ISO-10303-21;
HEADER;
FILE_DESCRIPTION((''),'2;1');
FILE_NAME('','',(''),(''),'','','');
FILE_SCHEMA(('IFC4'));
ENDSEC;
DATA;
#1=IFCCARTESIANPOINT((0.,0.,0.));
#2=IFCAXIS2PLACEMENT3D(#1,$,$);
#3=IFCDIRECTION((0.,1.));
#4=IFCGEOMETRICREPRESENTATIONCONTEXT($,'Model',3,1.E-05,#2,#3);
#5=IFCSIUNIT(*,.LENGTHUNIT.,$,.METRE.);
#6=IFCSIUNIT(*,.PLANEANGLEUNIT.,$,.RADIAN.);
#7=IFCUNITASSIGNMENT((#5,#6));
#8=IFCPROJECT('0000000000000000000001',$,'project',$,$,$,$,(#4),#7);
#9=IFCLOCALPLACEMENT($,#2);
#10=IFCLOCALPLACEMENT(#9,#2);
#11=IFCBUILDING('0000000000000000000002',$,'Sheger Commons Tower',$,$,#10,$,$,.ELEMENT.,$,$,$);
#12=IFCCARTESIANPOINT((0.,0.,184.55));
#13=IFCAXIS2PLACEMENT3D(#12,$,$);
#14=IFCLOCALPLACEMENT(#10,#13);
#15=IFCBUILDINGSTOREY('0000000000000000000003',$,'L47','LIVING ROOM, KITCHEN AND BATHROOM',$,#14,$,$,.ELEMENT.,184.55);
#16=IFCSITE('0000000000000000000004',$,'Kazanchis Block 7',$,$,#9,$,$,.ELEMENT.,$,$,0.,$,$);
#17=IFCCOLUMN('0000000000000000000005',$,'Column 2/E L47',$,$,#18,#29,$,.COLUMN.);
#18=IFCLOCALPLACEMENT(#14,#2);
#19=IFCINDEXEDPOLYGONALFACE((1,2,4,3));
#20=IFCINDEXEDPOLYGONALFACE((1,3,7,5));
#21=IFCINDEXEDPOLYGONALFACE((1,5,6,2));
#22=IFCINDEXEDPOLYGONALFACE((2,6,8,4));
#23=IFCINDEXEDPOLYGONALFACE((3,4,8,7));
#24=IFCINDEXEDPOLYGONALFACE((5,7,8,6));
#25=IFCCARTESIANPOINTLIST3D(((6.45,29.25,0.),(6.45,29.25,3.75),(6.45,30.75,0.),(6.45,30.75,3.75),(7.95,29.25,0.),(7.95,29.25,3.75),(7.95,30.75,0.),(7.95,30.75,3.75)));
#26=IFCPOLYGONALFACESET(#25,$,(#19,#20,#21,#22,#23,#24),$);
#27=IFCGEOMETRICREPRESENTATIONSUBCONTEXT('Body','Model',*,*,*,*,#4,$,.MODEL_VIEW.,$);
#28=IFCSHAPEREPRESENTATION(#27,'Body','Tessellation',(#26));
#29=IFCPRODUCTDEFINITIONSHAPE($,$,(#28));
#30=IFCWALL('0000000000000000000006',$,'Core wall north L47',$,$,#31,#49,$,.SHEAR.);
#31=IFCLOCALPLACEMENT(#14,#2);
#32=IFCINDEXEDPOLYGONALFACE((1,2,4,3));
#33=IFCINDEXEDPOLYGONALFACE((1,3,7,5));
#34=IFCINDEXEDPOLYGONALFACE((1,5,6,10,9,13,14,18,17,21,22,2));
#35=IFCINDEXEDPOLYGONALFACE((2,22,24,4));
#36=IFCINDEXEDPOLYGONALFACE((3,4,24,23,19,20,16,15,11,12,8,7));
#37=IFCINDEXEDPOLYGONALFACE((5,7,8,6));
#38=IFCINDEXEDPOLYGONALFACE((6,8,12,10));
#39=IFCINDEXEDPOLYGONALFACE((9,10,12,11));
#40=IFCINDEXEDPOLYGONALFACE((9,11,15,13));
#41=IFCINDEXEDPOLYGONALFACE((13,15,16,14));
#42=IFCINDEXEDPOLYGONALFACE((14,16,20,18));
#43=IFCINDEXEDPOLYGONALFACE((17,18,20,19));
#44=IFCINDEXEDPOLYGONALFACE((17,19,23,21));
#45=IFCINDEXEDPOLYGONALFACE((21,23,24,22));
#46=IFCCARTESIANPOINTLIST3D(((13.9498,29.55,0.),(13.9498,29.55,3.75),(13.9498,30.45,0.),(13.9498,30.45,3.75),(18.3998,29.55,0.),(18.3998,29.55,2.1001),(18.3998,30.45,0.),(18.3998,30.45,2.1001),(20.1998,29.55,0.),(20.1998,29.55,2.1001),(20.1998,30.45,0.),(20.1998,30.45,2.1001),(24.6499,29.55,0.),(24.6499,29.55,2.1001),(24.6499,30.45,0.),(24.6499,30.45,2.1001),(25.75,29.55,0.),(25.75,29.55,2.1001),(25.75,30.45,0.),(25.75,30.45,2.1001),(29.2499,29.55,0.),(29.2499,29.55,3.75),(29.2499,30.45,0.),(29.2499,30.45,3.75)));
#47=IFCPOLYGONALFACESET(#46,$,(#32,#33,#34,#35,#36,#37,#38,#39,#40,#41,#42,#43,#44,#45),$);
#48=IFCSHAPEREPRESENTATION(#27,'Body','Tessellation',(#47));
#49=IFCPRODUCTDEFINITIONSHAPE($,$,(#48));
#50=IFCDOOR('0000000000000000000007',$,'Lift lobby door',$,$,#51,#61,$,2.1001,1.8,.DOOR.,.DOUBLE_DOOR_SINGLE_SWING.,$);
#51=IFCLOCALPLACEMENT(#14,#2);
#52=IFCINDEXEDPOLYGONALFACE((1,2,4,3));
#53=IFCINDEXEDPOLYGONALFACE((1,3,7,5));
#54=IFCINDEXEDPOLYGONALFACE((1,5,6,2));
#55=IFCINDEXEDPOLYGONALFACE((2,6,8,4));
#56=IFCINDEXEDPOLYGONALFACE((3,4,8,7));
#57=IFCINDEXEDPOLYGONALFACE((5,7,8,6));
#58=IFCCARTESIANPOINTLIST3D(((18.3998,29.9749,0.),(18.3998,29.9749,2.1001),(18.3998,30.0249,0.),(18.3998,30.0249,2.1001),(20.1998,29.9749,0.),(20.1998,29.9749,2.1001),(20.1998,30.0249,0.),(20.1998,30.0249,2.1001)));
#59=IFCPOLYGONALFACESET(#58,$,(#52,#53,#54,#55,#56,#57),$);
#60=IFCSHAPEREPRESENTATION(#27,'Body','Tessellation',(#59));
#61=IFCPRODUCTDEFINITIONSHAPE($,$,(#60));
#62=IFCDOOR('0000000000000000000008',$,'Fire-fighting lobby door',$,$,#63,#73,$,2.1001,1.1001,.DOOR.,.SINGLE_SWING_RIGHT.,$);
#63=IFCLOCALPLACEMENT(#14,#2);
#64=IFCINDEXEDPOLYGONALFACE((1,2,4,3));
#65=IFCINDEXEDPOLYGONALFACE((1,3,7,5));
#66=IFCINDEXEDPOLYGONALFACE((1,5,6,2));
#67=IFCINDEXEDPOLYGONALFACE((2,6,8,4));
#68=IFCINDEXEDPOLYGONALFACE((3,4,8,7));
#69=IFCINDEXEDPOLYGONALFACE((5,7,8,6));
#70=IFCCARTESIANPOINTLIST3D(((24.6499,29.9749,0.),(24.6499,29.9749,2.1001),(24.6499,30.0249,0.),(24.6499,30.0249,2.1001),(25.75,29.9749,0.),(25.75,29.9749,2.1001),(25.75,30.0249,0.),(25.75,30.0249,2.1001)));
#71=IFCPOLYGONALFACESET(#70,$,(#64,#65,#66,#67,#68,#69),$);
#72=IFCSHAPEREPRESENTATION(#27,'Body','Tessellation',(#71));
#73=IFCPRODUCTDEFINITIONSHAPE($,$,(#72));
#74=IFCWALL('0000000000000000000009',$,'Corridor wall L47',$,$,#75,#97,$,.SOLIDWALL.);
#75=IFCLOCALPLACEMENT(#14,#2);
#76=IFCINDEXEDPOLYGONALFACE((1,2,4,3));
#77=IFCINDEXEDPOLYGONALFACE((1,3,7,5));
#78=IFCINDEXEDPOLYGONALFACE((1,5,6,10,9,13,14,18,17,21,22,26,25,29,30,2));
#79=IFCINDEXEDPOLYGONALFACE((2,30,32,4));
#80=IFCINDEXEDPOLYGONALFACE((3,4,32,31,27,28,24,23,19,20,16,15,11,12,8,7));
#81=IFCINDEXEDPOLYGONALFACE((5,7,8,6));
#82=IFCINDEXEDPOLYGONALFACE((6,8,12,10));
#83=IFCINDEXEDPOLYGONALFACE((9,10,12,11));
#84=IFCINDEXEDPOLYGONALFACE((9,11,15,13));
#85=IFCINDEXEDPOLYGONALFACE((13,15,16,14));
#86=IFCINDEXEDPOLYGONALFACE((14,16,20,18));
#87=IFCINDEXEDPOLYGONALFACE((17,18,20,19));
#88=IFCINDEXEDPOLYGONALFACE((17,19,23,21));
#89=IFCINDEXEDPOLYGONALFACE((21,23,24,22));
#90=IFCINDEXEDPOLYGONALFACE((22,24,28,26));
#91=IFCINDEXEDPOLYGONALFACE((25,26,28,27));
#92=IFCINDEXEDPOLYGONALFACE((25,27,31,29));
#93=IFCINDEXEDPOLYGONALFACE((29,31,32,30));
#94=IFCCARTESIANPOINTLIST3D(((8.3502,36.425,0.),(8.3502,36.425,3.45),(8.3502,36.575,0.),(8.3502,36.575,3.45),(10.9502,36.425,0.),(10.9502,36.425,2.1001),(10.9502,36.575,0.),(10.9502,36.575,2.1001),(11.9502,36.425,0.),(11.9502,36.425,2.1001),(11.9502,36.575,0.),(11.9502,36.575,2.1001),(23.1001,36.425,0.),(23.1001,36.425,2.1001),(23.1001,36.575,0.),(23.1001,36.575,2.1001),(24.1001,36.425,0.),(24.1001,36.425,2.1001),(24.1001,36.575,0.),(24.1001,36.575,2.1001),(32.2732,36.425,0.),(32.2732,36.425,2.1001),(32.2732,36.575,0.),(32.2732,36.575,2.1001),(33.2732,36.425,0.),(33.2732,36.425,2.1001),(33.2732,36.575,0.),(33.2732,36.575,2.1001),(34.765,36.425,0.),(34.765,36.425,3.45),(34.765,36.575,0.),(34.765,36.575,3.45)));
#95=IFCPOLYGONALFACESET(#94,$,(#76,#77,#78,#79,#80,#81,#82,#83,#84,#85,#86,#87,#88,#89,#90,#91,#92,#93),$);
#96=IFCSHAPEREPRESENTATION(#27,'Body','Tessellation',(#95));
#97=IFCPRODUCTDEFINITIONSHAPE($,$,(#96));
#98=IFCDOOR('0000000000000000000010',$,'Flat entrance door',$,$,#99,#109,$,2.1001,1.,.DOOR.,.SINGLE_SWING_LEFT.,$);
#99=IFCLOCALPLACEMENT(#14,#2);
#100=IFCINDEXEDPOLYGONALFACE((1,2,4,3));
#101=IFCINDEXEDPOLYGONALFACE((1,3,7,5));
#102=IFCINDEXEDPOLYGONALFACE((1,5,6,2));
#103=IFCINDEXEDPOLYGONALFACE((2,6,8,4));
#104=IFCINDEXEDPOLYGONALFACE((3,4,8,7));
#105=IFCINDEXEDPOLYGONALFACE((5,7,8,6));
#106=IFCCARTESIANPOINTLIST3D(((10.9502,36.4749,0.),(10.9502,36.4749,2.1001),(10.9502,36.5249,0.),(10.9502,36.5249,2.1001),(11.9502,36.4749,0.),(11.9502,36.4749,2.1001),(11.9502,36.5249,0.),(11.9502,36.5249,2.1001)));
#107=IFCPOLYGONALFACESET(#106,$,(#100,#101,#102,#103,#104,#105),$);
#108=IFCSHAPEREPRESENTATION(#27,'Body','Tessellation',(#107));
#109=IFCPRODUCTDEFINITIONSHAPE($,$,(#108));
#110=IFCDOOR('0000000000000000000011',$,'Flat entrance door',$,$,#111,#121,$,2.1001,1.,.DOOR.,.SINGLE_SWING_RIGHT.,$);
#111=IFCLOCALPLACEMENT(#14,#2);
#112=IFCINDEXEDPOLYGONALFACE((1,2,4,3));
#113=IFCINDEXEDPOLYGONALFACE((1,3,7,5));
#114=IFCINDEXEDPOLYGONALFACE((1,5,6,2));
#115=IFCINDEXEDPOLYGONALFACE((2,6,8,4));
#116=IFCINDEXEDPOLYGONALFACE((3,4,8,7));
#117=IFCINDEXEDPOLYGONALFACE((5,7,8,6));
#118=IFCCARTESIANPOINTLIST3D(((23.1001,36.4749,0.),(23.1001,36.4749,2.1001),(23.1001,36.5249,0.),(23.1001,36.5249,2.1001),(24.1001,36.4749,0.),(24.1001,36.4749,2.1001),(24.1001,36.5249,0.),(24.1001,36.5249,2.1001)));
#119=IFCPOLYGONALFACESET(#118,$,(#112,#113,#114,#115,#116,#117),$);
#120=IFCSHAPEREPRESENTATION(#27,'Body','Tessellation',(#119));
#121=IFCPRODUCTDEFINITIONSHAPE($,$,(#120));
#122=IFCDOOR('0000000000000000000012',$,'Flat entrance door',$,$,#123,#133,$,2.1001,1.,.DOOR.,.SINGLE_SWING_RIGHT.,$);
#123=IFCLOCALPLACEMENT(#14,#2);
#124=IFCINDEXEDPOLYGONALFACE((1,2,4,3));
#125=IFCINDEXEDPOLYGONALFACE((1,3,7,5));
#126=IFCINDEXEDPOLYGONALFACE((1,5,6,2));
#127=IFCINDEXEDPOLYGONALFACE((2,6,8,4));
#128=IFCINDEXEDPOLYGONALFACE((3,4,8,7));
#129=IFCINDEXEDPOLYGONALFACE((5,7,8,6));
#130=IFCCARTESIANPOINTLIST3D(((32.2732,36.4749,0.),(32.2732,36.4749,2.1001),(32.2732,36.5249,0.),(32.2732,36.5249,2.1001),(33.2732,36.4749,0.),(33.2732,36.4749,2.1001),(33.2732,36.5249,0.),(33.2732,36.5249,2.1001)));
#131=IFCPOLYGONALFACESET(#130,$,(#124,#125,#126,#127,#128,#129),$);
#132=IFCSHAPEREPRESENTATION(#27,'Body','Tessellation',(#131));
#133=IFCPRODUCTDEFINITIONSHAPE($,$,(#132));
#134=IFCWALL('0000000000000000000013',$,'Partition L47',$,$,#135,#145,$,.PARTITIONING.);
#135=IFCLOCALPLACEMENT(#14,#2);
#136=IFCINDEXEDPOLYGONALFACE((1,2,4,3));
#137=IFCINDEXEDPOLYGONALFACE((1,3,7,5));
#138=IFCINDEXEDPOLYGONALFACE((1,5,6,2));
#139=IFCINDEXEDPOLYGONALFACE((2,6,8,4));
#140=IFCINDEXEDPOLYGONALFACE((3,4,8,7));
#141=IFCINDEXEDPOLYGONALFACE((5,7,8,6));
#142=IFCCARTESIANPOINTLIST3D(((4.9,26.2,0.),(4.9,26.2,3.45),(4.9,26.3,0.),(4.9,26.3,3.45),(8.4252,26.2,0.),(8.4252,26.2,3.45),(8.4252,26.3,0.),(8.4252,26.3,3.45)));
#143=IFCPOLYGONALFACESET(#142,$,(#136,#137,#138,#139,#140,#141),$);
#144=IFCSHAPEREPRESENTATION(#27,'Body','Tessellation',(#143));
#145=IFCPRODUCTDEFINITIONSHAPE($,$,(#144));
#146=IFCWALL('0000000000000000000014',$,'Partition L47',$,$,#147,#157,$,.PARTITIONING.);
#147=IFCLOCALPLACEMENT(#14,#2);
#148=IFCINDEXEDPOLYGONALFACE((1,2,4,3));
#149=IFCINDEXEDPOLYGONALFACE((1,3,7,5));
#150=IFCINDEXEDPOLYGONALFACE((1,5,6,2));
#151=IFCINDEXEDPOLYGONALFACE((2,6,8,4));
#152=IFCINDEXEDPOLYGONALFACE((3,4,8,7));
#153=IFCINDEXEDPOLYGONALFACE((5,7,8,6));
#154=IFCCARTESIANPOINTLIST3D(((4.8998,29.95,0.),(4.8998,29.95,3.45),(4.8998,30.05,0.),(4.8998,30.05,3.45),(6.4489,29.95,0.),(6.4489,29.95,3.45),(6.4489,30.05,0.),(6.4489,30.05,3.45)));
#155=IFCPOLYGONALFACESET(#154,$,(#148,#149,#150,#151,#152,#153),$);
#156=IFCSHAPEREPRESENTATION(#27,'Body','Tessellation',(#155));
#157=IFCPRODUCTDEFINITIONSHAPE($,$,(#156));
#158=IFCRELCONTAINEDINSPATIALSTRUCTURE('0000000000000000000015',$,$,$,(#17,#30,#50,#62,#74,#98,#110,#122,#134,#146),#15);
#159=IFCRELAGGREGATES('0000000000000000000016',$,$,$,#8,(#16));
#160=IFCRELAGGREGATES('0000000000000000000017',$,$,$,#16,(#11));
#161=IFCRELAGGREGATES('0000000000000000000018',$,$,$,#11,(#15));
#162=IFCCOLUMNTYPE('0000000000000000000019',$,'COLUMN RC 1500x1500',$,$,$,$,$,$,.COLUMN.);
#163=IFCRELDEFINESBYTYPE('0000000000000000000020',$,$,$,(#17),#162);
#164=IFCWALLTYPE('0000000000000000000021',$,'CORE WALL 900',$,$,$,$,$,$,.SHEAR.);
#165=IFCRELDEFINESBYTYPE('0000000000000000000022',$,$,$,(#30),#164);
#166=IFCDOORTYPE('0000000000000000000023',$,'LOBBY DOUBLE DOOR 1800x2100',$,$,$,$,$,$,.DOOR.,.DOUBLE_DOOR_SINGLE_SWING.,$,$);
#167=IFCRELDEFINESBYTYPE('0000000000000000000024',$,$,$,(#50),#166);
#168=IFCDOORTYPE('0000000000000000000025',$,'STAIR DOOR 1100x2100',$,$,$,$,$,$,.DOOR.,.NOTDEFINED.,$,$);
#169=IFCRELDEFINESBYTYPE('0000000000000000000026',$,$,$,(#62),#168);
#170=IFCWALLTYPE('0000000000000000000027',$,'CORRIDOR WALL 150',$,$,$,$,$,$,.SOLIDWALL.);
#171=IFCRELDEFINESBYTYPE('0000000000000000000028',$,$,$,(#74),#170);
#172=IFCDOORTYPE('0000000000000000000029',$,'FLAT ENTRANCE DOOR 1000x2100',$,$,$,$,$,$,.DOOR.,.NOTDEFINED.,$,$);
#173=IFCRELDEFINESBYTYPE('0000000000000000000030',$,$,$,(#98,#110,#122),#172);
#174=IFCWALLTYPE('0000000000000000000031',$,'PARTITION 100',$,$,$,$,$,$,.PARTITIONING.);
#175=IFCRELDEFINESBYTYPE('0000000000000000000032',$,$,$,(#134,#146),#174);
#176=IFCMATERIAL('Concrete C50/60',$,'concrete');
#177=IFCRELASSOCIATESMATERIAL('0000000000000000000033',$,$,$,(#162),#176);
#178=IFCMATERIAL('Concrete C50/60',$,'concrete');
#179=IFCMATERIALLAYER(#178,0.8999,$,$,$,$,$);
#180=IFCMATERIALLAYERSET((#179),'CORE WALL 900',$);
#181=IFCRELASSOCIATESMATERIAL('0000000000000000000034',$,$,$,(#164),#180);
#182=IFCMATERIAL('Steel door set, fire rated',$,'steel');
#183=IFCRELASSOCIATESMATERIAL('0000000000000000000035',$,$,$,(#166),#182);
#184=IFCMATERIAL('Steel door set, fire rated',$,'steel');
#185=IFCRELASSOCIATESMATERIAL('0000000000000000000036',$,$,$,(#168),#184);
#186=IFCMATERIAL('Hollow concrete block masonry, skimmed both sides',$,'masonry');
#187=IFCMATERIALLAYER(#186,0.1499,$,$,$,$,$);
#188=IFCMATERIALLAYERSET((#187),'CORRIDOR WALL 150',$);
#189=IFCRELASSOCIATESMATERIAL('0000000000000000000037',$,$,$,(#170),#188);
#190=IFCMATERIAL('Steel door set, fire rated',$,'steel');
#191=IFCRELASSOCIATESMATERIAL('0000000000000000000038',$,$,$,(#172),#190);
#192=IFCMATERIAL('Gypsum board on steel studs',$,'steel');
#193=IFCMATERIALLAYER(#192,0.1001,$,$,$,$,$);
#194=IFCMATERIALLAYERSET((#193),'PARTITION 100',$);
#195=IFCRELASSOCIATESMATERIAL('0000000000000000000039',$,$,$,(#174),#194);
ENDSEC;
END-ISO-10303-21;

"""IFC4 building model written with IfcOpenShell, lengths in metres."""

from ifc_helpers import new_model, si_unit, direction, frame, frame_2d, origin, origin_2d, place, context, subcontext, project, spatial, rectangle, extrude, material, layer, layer_set, material_profile, profile_set, type_object, element, fill, save


model = new_model("IFC4")

# Units and contexts
model_context = context("Model", 3, precision=1e-05, world=origin(), true_north=direction((0.0, 1.0)))
body_context = subcontext(model_context, "Body", "Model", "MODEL_VIEW")
ifc_project = project(units=[si_unit("LENGTHUNIT", "METRE"), si_unit("PLANEANGLEUNIT", "RADIAN")], contexts=[model_context])

# Site, building, storey
site_placement = place(None, origin())
site = spatial("IfcSite", under=ifc_project, at=site_placement, Name="Kazanchis Block 7", CompositionType="ELEMENT", RefElevation=0.0)
building_placement = place(site_placement, origin())
building = spatial("IfcBuilding", under=site, at=building_placement, Name="Sheger Commons Tower", CompositionType="ELEMENT")
storey_placement = place(building_placement, frame((0.0, 0.0, 184.55)))
storey = spatial("IfcBuildingStorey", under=building, at=storey_placement, Name="L47", Description="LIVING ROOM, KITCHEN AND BATHROOM", CompositionType="ELEMENT", Elevation=184.55)

# Column
ifc_material_1 = material(Name="Concrete C50/60", Category="concrete")
ifc_material_profile = material_profile(ifc_material_1, rectangle(XDim=1.5, YDim=1.5, at=origin_2d()), Name="RC 1500x1500")
ifc_profile_set = profile_set([ifc_material_profile], Name="Concrete C50/60")
column_type = type_object("IfcColumnType", Name="COLUMN RC 1500x1500", PredefinedType="COLUMN", material=ifc_profile_set)
column_placement = place(storey_placement, frame((7.2, 30.0, 0.0), z_axis=(0.0, 0.0, 1.0), x_axis=(1.0, 0.0, 0.0)))
element("IfcColumn", 1, at=column_placement, inside=storey, type_object=column_type, Name="Column 2/E L47", PredefinedType="COLUMN", context=body_context, shape_type="SweptSolid", body=[
    extrude(rectangle(XDim=1.5, YDim=1.5, at=origin_2d()), origin(), (0.0, 0.0, 1.0), 3.75),
])

# Walls, openings, doors
ifc_material_2 = material(Name="Concrete C50/60", Category="concrete")
ifc_layer_1 = layer(ifc_material_2, 0.8999)
ifc_layer_set_1 = layer_set([ifc_layer_1], Name="CORE WALL 900")
wall_type_1 = type_object("IfcWallType", Name="CORE WALL 900", PredefinedType="SHEAR", material=ifc_layer_set_1)
wall_1_placement = place(storey_placement, frame((13.95, 30.0, 0.0), z_axis=(0.0, 0.0, 1.0), x_axis=(1.0, 0.0, 0.0)))
wall_1 = element("IfcWall", 2, at=wall_1_placement, inside=storey, type_object=wall_type_1, Name="Core wall north L47", PredefinedType="SHEAR", context=body_context, shape_type="SweptSolid", body=[
    extrude(rectangle(XDim=15.3, YDim=0.8999, at=frame_2d((7.6499, 0.0))), origin(), (0.0, 0.0, 1.0), 3.75),
])
opening_1_placement = place(wall_1_placement, frame((4.45, 0.0, 0.0)))
opening_1 = element("IfcOpeningElement", 3, at=opening_1_placement, cuts=wall_1, PredefinedType="OPENING", context=body_context, shape_type="SweptSolid", body=[
    extrude(rectangle(XDim=1.8, YDim=2.1001, at=frame_2d((0.8999, 1.05))), frame((0.0, 0.46, 0.0), z_axis=(0.0, -1.0, 0.0), x_axis=(1.0, 0.0, 0.0)), (0.0, 0.0, 1.0), 0.9199),
])
opening_2_placement = place(wall_1_placement, frame((10.7, 0.0, 0.0)))
opening_2 = element("IfcOpeningElement", 4, at=opening_2_placement, cuts=wall_1, PredefinedType="OPENING", context=body_context, shape_type="SweptSolid", body=[
    extrude(rectangle(XDim=1.1001, YDim=2.1001, at=frame_2d((0.55, 1.05))), frame((0.0, 0.46, 0.0), z_axis=(0.0, -1.0, 0.0), x_axis=(1.0, 0.0, 0.0)), (0.0, 0.0, 1.0), 0.9199),
])
ifc_material_3 = material(Name="Steel door set, fire rated", Category="steel")
door_type_1 = type_object("IfcDoorType", Name="LOBBY DOUBLE DOOR 1800x2100", OperationType="DOUBLE_DOOR_SINGLE_SWING", PredefinedType="DOOR", material=ifc_material_3)
door_1_placement = place(opening_1_placement, origin())
door_1 = element("IfcDoor", 5, at=door_1_placement, inside=storey, type_object=door_type_1, Name="Lift lobby door", OperationType="DOUBLE_DOOR_SINGLE_SWING", OverallHeight=2.1001, OverallWidth=1.8, PredefinedType="DOOR", context=body_context, shape_type="SweptSolid", body=[
    extrude(rectangle(XDim=1.8, YDim=2.1001, at=frame_2d((0.8999, 1.05))), frame((0.0, 0.0249, 0.0), z_axis=(0.0, -1.0, 0.0), x_axis=(1.0, 0.0, 0.0)), (0.0, 0.0, 1.0), 0.05),
])
fill(opening_1, door_1)
ifc_material_4 = material(Name="Steel door set, fire rated", Category="steel")
door_type_2 = type_object("IfcDoorType", Name="STAIR DOOR 1100x2100", OperationType="NOTDEFINED", PredefinedType="DOOR", material=ifc_material_4)
door_2_placement = place(opening_2_placement, origin())
door_2 = element("IfcDoor", 6, at=door_2_placement, inside=storey, type_object=door_type_2, Name="Fire-fighting lobby door", OperationType="SINGLE_SWING_RIGHT", OverallHeight=2.1001, OverallWidth=1.1001, PredefinedType="DOOR", context=body_context, shape_type="SweptSolid", body=[
    extrude(rectangle(XDim=1.1001, YDim=2.1001, at=frame_2d((0.55, 1.05))), frame((0.0, 0.0249, 0.0), z_axis=(0.0, -1.0, 0.0), x_axis=(1.0, 0.0, 0.0)), (0.0, 0.0, 1.0), 0.05),
])
fill(opening_2, door_2)
ifc_material_5 = material(Name="Hollow concrete block masonry, skimmed both sides", Category="masonry")
ifc_layer_2 = layer(ifc_material_5, 0.1499)
ifc_layer_set_2 = layer_set([ifc_layer_2], Name="CORRIDOR WALL 150")
wall_type_2 = type_object("IfcWallType", Name="CORRIDOR WALL 150", PredefinedType="SOLIDWALL", material=ifc_layer_set_2)
wall_2_placement = place(storey_placement, frame((8.3501, 36.5, 0.0), z_axis=(0.0, 0.0, 1.0), x_axis=(1.0, 0.0, 0.0)))
wall_2 = element("IfcWall", 7, at=wall_2_placement, inside=storey, type_object=wall_type_2, Name="Corridor wall L47", PredefinedType="SOLIDWALL", context=body_context, shape_type="SweptSolid", body=[
    extrude(rectangle(XDim=26.4148, YDim=0.1499, at=frame_2d((13.2075, 0.0))), origin(), (0.0, 0.0, 1.0), 3.45),
])
opening_3_placement = place(wall_2_placement, frame((2.6001, 0.0, 0.0)))
opening_3 = element("IfcOpeningElement", 8, at=opening_3_placement, cuts=wall_2, PredefinedType="OPENING", context=body_context, shape_type="SweptSolid", body=[
    extrude(rectangle(XDim=1.0, YDim=2.1001, at=frame_2d((0.5, 1.05))), frame((0.0, 0.085, 0.0), z_axis=(0.0, -1.0, 0.0), x_axis=(1.0, 0.0, 0.0)), (0.0, 0.0, 1.0), 0.1699),
])
opening_4_placement = place(wall_2_placement, frame((14.75, 0.0, 0.0)))
opening_4 = element("IfcOpeningElement", 9, at=opening_4_placement, cuts=wall_2, PredefinedType="OPENING", context=body_context, shape_type="SweptSolid", body=[
    extrude(rectangle(XDim=1.0, YDim=2.1001, at=frame_2d((0.5, 1.05))), frame((0.0, 0.085, 0.0), z_axis=(0.0, -1.0, 0.0), x_axis=(1.0, 0.0, 0.0)), (0.0, 0.0, 1.0), 0.1699),
])
opening_5_placement = place(wall_2_placement, frame((23.9231, 0.0, 0.0)))
opening_5 = element("IfcOpeningElement", 10, at=opening_5_placement, cuts=wall_2, PredefinedType="OPENING", context=body_context, shape_type="SweptSolid", body=[
    extrude(rectangle(XDim=1.0, YDim=2.1001, at=frame_2d((0.5, 1.05))), frame((0.0, 0.085, 0.0), z_axis=(0.0, -1.0, 0.0), x_axis=(1.0, 0.0, 0.0)), (0.0, 0.0, 1.0), 0.1699),
])
ifc_material_6 = material(Name="Steel door set, fire rated", Category="steel")
door_type_3 = type_object("IfcDoorType", Name="FLAT ENTRANCE DOOR 1000x2100", OperationType="NOTDEFINED", PredefinedType="DOOR", material=ifc_material_6)
door_3_placement = place(opening_3_placement, origin())
door_3 = element("IfcDoor", 11, at=door_3_placement, inside=storey, type_object=door_type_3, Name="Flat entrance door", OperationType="SINGLE_SWING_LEFT", OverallHeight=2.1001, OverallWidth=1.0, PredefinedType="DOOR", context=body_context, shape_type="SweptSolid", body=[
    extrude(rectangle(XDim=1.0, YDim=2.1001, at=frame_2d((0.5, 1.05))), frame((0.0, 0.0249, 0.0), z_axis=(0.0, -1.0, 0.0), x_axis=(1.0, 0.0, 0.0)), (0.0, 0.0, 1.0), 0.05),
])
fill(opening_3, door_3)
door_4_placement = place(opening_4_placement, origin())
door_4 = element("IfcDoor", 12, at=door_4_placement, inside=storey, type_object=door_type_3, Name="Flat entrance door", OperationType="SINGLE_SWING_RIGHT", OverallHeight=2.1001, OverallWidth=1.0, PredefinedType="DOOR", context=body_context, shape_type="SweptSolid", body=[
    extrude(rectangle(XDim=1.0, YDim=2.1001, at=frame_2d((0.5, 1.05))), frame((0.0, 0.0249, 0.0), z_axis=(0.0, -1.0, 0.0), x_axis=(1.0, 0.0, 0.0)), (0.0, 0.0, 1.0), 0.05),
])
fill(opening_4, door_4)
door_5_placement = place(opening_5_placement, origin())
door_5 = element("IfcDoor", 13, at=door_5_placement, inside=storey, type_object=door_type_3, Name="Flat entrance door", OperationType="SINGLE_SWING_RIGHT", OverallHeight=2.1001, OverallWidth=1.0, PredefinedType="DOOR", context=body_context, shape_type="SweptSolid", body=[
    extrude(rectangle(XDim=1.0, YDim=2.1001, at=frame_2d((0.5, 1.05))), frame((0.0, 0.0249, 0.0), z_axis=(0.0, -1.0, 0.0), x_axis=(1.0, 0.0, 0.0)), (0.0, 0.0, 1.0), 0.05),
])
fill(opening_5, door_5)

# Walls
ifc_material_7 = material(Name="Gypsum board on steel studs", Category="steel")
ifc_layer_3 = layer(ifc_material_7, 0.1001)
ifc_layer_set_3 = layer_set([ifc_layer_3], Name="PARTITION 100")
wall_type_3 = type_object("IfcWallType", Name="PARTITION 100", PredefinedType="PARTITIONING", material=ifc_layer_set_3)
wall_3_placement = place(storey_placement, frame((4.8999, 26.25, 0.0), z_axis=(0.0, 0.0, 1.0), x_axis=(1.0, 0.0, 0.0)))
element("IfcWall", 14, at=wall_3_placement, inside=storey, type_object=wall_type_3, Name="Partition L47", PredefinedType="PARTITIONING", context=body_context, shape_type="SweptSolid", body=[
    extrude(rectangle(XDim=3.5251, YDim=0.1001, at=frame_2d((1.7627, 0.0))), origin(), (0.0, 0.0, 1.0), 3.45),
])
wall_4_placement = place(storey_placement, frame((4.8999, 30.0, 0.0), z_axis=(0.0, 0.0, 1.0), x_axis=(1.0, 0.0, 0.0)))
element("IfcWall", 15, at=wall_4_placement, inside=storey, type_object=wall_type_3, Name="Partition L47", PredefinedType="PARTITIONING", context=body_context, shape_type="SweptSolid", body=[
    extrude(rectangle(XDim=1.5491, YDim=0.1001, at=frame_2d((0.7744, 0.0))), origin(), (0.0, 0.0, 1.0), 3.45),
])

save(model, "model.ifc")
